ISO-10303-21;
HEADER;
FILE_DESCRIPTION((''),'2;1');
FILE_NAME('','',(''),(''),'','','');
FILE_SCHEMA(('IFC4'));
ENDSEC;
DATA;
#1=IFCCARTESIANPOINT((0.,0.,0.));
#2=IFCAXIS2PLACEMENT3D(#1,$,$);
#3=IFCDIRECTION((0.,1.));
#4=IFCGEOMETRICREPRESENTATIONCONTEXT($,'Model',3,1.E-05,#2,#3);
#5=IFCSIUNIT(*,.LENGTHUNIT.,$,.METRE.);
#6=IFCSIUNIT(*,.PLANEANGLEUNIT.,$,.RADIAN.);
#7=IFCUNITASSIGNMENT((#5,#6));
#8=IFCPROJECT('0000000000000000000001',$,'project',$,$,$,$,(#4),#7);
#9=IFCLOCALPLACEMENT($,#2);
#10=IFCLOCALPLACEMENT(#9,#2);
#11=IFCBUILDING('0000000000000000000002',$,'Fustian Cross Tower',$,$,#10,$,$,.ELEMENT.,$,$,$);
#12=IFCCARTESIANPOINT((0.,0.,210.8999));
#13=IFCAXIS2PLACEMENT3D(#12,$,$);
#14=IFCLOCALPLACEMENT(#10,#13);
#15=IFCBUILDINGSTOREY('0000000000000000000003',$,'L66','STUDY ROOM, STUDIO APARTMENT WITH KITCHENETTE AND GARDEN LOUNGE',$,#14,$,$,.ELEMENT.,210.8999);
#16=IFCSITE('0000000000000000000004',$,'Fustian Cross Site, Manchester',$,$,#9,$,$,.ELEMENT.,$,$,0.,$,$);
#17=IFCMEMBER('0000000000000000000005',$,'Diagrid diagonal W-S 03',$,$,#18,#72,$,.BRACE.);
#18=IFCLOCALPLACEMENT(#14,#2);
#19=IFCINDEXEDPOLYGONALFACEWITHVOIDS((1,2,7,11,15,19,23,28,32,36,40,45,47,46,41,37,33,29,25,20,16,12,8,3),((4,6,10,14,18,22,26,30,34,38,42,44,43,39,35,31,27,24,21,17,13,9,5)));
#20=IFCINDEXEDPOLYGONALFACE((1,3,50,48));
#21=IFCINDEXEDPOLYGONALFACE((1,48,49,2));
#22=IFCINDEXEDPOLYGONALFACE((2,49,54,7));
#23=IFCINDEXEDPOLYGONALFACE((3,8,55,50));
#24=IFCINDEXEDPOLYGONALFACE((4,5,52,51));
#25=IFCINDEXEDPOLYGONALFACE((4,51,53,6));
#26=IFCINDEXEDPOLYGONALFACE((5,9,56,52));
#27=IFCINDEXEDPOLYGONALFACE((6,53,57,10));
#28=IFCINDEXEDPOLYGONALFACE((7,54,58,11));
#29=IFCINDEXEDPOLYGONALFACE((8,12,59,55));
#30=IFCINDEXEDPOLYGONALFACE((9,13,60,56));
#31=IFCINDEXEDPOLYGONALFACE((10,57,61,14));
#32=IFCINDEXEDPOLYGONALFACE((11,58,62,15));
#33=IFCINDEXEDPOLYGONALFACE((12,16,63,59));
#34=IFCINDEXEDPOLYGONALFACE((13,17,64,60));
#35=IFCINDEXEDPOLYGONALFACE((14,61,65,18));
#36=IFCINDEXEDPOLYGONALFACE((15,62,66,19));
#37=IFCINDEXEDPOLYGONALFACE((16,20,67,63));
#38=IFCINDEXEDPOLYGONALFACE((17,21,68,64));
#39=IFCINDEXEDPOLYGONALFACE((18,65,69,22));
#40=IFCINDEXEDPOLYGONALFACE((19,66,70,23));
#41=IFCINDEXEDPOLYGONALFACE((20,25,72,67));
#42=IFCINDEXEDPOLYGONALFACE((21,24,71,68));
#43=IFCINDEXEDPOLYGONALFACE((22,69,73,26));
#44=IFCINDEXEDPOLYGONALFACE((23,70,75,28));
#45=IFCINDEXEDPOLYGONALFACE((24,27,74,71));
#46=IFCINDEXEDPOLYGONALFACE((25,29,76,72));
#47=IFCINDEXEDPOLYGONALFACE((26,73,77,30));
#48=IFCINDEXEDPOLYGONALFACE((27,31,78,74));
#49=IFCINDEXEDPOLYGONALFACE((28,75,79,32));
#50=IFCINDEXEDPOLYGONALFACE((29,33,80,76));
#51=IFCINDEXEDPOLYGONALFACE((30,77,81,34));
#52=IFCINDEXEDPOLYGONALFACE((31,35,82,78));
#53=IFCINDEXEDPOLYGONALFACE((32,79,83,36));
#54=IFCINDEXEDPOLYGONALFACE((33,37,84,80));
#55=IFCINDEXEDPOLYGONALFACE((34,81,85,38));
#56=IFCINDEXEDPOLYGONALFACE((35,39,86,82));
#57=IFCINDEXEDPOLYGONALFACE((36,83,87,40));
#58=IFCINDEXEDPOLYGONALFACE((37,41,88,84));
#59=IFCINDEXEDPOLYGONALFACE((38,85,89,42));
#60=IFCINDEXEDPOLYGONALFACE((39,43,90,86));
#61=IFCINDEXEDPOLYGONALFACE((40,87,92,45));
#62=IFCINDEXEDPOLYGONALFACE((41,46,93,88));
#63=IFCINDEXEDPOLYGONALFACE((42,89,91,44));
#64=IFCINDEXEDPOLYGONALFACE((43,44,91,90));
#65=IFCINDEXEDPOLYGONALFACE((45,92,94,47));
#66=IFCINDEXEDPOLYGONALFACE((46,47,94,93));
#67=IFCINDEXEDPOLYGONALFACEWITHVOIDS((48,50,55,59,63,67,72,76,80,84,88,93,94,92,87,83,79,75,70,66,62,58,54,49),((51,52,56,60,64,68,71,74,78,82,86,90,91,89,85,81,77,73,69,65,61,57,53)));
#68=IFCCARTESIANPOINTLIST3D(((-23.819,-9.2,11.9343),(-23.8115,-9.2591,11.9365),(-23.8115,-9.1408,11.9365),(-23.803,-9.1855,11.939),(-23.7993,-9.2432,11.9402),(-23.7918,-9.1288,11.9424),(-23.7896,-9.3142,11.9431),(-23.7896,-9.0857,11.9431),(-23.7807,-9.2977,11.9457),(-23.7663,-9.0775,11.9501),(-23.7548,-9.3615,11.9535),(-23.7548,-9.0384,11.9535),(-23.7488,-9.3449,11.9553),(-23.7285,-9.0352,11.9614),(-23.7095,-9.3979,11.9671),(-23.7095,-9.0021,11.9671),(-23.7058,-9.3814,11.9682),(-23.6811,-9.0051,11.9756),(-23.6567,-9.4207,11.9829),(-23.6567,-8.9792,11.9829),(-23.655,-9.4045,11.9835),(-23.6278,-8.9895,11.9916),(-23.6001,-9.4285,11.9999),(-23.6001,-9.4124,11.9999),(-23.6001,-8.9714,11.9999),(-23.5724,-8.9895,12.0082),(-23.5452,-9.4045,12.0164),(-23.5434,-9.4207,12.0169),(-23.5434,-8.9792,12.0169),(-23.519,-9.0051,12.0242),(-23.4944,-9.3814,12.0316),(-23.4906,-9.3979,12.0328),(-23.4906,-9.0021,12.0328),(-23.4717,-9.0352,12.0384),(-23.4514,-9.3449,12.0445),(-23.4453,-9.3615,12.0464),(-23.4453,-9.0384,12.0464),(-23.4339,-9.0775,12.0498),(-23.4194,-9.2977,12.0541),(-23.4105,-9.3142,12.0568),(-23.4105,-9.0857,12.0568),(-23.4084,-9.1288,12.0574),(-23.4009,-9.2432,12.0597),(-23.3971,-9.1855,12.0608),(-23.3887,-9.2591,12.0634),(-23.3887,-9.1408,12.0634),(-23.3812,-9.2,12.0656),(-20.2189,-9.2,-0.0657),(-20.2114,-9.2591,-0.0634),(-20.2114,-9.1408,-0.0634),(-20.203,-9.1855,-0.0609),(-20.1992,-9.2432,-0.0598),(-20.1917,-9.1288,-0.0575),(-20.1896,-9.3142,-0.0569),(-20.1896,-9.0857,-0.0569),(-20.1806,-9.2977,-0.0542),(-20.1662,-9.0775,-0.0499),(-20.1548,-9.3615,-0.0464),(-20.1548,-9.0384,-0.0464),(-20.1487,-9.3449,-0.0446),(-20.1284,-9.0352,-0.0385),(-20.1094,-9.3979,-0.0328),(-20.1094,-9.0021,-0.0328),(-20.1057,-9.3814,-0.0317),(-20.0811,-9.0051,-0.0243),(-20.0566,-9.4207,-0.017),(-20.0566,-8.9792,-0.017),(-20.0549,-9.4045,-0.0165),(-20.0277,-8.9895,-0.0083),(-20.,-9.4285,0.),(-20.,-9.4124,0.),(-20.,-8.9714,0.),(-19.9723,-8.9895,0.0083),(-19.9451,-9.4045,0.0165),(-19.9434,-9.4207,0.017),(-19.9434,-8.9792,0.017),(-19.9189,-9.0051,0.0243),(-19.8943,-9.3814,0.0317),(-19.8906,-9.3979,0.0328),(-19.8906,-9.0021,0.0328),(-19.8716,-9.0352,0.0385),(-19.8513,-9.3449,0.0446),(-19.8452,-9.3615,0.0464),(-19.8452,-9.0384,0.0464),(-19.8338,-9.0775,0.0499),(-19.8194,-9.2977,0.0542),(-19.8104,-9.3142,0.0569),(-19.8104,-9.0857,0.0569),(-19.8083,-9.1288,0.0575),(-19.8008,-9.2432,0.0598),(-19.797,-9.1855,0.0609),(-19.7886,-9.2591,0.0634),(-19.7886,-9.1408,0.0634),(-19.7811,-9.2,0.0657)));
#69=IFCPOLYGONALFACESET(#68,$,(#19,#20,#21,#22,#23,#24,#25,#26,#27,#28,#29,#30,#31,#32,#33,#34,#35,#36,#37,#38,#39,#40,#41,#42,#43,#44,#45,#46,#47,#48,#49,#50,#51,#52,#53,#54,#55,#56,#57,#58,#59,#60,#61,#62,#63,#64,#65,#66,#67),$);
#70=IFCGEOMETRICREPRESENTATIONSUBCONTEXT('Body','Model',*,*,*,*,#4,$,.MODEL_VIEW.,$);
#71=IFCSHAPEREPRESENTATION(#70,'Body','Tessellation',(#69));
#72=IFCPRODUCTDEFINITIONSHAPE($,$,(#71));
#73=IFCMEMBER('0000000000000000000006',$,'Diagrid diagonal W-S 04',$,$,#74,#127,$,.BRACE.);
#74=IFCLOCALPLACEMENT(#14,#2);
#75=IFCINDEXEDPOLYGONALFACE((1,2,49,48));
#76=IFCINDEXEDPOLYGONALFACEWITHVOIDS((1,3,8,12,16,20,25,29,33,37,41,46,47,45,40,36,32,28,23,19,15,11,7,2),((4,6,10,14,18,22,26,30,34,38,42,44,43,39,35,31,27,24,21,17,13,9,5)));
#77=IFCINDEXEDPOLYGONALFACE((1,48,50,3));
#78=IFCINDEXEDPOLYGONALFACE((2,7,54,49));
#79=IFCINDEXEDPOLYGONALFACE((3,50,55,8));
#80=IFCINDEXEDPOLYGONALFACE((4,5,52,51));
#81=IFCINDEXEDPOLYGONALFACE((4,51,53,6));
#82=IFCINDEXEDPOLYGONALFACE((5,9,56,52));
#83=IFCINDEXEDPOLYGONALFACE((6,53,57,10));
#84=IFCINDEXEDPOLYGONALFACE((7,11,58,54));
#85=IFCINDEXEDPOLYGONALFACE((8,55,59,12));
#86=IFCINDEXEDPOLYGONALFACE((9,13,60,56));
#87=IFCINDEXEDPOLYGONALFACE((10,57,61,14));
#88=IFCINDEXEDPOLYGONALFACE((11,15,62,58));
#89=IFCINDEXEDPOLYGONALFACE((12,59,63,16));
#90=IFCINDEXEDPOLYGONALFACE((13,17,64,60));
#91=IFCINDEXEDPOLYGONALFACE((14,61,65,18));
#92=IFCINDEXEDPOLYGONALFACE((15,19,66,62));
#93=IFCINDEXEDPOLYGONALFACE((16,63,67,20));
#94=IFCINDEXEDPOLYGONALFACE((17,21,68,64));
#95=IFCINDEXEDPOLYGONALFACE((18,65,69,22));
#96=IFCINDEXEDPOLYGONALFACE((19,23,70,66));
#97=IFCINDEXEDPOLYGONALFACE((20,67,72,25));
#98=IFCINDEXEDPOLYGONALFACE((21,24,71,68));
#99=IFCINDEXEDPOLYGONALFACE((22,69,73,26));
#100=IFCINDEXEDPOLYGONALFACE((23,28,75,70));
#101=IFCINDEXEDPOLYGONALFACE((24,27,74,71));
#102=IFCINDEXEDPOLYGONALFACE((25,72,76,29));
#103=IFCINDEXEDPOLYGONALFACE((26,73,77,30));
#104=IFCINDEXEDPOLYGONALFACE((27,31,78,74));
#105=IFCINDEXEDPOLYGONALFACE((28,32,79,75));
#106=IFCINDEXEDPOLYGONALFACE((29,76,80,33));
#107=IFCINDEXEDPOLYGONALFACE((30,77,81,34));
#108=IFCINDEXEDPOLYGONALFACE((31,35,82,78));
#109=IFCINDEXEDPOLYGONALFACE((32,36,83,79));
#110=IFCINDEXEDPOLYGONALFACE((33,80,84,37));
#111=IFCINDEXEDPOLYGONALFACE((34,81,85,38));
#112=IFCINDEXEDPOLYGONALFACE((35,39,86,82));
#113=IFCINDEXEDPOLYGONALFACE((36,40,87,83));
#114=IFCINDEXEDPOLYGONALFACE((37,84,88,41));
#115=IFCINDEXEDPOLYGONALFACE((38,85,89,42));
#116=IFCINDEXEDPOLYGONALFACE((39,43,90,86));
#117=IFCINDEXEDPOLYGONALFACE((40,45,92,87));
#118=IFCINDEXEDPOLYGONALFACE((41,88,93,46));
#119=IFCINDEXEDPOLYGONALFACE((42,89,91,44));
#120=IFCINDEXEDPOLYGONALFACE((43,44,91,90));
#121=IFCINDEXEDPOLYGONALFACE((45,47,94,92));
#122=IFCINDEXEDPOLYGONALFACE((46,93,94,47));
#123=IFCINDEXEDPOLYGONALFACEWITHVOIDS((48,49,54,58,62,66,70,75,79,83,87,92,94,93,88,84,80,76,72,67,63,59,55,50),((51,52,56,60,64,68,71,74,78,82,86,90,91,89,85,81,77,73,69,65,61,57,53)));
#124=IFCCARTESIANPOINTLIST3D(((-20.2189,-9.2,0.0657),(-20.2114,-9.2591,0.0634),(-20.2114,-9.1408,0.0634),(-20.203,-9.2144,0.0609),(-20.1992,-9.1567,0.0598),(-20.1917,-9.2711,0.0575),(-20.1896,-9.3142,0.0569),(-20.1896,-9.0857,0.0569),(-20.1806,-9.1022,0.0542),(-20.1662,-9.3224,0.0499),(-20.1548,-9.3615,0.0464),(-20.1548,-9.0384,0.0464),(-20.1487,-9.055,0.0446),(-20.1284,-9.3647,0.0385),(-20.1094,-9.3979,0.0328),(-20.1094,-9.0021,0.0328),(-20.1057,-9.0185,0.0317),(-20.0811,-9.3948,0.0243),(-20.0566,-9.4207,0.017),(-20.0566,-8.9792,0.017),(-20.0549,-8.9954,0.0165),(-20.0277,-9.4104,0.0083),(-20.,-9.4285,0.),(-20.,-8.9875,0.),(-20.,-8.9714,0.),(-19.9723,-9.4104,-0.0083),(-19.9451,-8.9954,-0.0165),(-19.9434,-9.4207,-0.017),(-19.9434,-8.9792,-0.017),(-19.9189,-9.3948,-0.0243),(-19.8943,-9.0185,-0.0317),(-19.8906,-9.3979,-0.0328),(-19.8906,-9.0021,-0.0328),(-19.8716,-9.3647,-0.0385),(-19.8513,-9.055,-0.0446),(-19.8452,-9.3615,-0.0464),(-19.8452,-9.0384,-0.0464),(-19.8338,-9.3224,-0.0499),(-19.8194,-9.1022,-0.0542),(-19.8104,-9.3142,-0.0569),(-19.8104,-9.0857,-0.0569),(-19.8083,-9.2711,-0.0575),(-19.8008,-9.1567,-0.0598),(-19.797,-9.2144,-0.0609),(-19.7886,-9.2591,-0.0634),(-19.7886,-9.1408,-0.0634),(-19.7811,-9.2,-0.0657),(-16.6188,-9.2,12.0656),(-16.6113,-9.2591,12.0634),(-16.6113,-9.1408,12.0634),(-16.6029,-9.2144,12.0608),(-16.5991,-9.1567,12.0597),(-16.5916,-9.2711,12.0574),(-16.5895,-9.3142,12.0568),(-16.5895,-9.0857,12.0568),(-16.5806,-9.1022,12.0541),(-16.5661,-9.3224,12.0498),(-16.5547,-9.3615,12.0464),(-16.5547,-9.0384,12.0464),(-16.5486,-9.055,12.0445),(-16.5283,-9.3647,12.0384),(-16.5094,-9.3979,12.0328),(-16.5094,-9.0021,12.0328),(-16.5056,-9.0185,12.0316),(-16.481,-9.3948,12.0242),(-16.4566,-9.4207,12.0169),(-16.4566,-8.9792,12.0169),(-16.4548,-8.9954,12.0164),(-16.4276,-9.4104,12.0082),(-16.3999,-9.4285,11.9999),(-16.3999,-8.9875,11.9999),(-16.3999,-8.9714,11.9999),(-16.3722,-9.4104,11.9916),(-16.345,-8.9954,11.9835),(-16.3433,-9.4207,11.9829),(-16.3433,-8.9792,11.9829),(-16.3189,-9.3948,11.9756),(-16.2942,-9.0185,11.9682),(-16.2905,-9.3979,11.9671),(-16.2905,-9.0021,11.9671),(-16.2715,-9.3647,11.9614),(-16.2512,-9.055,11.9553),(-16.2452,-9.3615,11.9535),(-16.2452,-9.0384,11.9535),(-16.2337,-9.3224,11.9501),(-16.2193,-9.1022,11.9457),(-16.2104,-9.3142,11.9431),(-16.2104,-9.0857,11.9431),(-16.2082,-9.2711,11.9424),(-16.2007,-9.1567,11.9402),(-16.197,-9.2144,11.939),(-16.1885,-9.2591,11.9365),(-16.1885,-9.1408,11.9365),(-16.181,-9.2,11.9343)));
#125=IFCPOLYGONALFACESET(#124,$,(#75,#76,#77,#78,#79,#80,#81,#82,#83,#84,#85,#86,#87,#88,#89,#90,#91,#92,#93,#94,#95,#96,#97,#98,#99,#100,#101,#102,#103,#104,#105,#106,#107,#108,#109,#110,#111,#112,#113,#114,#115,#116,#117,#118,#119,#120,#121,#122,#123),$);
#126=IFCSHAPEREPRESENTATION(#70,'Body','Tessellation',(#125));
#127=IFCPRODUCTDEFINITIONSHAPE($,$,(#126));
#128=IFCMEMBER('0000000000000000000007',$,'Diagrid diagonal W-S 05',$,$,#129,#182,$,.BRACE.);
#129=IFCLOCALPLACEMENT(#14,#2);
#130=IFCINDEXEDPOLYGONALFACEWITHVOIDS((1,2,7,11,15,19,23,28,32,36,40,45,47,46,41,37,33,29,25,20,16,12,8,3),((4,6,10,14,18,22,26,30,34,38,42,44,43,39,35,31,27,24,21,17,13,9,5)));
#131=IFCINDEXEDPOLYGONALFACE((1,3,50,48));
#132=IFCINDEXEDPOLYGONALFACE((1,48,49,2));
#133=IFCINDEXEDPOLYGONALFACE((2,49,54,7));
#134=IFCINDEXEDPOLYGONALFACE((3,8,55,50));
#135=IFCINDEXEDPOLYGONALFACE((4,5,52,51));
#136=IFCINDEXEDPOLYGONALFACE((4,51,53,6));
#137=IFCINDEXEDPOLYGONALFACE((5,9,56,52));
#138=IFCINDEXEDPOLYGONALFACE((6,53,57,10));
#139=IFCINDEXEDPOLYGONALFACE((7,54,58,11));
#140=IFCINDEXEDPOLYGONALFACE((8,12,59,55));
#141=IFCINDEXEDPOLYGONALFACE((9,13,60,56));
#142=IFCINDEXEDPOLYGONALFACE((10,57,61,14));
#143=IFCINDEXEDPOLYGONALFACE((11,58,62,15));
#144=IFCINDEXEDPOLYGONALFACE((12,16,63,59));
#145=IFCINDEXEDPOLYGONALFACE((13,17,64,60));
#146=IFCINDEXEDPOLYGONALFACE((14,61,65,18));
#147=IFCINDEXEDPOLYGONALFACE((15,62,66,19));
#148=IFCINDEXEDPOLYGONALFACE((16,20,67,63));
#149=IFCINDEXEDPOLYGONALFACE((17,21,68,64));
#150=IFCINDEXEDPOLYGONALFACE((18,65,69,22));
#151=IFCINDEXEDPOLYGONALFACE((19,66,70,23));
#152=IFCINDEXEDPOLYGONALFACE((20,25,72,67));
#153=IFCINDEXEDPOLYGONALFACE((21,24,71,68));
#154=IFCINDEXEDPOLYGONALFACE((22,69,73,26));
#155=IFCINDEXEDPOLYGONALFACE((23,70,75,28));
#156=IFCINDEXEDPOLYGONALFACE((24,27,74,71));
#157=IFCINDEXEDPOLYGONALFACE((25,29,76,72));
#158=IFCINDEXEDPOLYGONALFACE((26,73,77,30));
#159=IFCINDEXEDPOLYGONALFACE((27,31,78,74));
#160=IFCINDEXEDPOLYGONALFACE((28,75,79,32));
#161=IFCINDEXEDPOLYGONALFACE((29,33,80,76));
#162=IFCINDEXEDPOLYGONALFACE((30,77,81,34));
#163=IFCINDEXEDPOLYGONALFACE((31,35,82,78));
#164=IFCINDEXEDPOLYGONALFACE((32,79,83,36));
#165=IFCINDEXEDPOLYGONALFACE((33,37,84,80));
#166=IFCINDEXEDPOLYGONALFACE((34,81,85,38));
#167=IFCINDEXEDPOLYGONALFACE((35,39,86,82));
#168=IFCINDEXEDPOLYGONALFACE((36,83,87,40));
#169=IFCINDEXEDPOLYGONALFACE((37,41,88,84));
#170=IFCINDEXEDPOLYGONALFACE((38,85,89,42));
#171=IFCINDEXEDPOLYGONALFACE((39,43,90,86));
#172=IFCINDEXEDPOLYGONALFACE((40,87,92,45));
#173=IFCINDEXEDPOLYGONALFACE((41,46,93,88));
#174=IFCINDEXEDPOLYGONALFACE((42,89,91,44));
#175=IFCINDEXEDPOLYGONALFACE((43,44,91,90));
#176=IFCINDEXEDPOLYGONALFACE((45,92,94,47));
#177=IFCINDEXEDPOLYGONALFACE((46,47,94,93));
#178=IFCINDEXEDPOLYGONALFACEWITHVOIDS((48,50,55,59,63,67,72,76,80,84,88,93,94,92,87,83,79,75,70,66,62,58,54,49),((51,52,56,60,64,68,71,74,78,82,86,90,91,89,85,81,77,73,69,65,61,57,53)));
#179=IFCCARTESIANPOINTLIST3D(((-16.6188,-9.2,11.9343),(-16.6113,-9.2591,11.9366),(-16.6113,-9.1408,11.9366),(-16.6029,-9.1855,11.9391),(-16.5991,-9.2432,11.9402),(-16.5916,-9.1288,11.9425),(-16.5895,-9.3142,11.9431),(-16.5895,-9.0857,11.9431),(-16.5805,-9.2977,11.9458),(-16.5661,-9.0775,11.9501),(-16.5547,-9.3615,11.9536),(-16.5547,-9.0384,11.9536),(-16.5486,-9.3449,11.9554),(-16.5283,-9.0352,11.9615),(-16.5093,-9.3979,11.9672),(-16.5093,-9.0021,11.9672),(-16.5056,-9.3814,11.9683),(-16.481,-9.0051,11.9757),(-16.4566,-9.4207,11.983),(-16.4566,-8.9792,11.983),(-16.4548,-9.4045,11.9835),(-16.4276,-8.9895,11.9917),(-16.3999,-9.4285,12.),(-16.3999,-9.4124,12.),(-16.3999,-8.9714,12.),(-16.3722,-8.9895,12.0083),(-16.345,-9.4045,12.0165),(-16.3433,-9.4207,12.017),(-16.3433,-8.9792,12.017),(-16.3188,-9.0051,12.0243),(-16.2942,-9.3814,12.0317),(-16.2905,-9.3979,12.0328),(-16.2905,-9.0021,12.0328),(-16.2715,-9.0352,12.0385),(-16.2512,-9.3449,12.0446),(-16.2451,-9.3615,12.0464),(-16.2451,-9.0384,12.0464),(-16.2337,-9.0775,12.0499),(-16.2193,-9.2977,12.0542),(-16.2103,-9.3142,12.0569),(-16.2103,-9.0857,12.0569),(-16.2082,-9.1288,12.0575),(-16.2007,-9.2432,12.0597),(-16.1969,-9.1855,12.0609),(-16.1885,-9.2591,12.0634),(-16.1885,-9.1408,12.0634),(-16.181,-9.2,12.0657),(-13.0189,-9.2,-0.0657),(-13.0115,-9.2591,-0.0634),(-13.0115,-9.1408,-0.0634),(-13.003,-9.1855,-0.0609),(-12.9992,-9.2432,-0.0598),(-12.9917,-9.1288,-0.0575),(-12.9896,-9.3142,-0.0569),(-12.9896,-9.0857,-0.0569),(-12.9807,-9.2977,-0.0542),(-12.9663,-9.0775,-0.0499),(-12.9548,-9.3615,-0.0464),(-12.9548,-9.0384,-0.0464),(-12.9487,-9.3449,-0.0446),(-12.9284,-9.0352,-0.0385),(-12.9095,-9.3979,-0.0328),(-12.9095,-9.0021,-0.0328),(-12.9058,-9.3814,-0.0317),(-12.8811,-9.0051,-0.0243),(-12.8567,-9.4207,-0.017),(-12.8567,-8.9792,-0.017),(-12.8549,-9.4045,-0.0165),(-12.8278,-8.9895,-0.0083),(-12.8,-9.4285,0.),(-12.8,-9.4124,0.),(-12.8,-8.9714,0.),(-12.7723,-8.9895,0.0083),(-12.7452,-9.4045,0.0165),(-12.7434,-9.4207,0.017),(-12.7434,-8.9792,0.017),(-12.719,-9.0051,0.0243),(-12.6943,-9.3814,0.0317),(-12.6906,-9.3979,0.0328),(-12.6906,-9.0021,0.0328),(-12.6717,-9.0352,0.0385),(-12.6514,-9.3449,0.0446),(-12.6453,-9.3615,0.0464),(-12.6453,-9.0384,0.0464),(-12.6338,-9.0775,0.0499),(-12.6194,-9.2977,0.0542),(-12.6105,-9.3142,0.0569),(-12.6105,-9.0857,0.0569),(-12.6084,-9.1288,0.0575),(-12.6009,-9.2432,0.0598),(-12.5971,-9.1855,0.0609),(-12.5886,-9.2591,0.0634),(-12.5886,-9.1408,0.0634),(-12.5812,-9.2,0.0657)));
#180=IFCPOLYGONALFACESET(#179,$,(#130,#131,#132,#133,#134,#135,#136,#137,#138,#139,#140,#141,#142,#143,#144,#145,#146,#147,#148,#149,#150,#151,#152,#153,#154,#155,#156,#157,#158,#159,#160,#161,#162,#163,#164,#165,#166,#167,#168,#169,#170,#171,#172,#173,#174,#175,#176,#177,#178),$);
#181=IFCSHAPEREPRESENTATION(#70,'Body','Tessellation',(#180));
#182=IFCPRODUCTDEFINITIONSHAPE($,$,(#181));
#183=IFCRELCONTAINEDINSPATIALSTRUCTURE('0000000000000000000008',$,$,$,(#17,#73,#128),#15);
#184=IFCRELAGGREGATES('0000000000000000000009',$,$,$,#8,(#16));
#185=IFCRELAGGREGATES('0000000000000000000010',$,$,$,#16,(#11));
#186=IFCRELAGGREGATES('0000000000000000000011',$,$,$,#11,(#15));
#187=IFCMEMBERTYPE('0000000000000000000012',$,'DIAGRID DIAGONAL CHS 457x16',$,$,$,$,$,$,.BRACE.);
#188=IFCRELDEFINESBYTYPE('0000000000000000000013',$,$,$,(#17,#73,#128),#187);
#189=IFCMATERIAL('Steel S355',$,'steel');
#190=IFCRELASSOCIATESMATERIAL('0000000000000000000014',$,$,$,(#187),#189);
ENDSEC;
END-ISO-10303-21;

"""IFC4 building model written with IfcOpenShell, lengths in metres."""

from ifc_helpers import new_model, si_unit, direction, frame, origin, origin_2d, place, context, subcontext, project, spatial, hollow_circle, extrude, material, material_profile, profile_set, type_object, element, save


model = new_model("IFC4")

# Units and contexts
model_context = context("Model", 3, precision=1e-05, world=origin(), true_north=direction((0.0, 1.0)))
body_context = subcontext(model_context, "Body", "Model", "MODEL_VIEW")
ifc_project = project(units=[si_unit("LENGTHUNIT", "METRE"), si_unit("PLANEANGLEUNIT", "RADIAN")], contexts=[model_context])

# Site, building, storey
site_placement = place(None, origin())
site = spatial("IfcSite", under=ifc_project, at=site_placement, Name="Fustian Cross Site, Manchester", CompositionType="ELEMENT", RefElevation=0.0)
building_placement = place(site_placement, origin())
building = spatial("IfcBuilding", under=site, at=building_placement, Name="Fustian Cross Tower", CompositionType="ELEMENT")
storey_placement = place(building_placement, frame((0.0, 0.0, 210.8999)))
storey = spatial("IfcBuildingStorey", under=building, at=storey_placement, Name="L66", Description="STUDY ROOM, STUDIO APARTMENT WITH KITCHENETTE AND GARDEN LOUNGE", CompositionType="ELEMENT", Elevation=210.8999)

# Members
ifc_material_1 = material(Name="Steel S355", Category="steel")
ifc_material_profile_1 = material_profile(ifc_material_1, hollow_circle(Radius=0.2285, WallThickness=0.0161, at=origin_2d()), Name="CHS 457x16")
ifc_profile_set_1 = profile_set([ifc_material_profile_1], Name="Steel S355")
member_type_1 = type_object("IfcMemberType", Name="DIAGRID DIAGONAL CHS 457x16", PredefinedType="BRACE", material=ifc_profile_set_1)
for number, where, z_axis, x_axis, name in (
    (1, (-20.0, -9.2, 0.0), (-0.287355, 0.0, 0.957824), (0.0, -1.0, 0.0), "Diagrid diagonal W-S 03"),
    (2, (-20.0, -9.2, 0.0), (0.287355, 0.0, 0.957824), (0.0, 1.0, 0.0), "Diagrid diagonal W-S 04"),
    (3, (-12.8, -9.2, 0.0), (-0.287337, 0.0, 0.95783), (0.0, -1.0, 0.0), "Diagrid diagonal W-S 05"),
):
    element("IfcMember", number, at=place(storey_placement, frame(where, z_axis=z_axis, x_axis=x_axis)), inside=storey, type_object=member_type_1, Name=name, PredefinedType="BRACE", context=body_context, shape_type="SweptSolid", body=[
        extrude(hollow_circle(Radius=0.2285, WallThickness=0.0161, at=origin_2d()), origin(), (0.0, 0.0, 1.0), 12.5283),
    ])

save(model, "model.ifc")
